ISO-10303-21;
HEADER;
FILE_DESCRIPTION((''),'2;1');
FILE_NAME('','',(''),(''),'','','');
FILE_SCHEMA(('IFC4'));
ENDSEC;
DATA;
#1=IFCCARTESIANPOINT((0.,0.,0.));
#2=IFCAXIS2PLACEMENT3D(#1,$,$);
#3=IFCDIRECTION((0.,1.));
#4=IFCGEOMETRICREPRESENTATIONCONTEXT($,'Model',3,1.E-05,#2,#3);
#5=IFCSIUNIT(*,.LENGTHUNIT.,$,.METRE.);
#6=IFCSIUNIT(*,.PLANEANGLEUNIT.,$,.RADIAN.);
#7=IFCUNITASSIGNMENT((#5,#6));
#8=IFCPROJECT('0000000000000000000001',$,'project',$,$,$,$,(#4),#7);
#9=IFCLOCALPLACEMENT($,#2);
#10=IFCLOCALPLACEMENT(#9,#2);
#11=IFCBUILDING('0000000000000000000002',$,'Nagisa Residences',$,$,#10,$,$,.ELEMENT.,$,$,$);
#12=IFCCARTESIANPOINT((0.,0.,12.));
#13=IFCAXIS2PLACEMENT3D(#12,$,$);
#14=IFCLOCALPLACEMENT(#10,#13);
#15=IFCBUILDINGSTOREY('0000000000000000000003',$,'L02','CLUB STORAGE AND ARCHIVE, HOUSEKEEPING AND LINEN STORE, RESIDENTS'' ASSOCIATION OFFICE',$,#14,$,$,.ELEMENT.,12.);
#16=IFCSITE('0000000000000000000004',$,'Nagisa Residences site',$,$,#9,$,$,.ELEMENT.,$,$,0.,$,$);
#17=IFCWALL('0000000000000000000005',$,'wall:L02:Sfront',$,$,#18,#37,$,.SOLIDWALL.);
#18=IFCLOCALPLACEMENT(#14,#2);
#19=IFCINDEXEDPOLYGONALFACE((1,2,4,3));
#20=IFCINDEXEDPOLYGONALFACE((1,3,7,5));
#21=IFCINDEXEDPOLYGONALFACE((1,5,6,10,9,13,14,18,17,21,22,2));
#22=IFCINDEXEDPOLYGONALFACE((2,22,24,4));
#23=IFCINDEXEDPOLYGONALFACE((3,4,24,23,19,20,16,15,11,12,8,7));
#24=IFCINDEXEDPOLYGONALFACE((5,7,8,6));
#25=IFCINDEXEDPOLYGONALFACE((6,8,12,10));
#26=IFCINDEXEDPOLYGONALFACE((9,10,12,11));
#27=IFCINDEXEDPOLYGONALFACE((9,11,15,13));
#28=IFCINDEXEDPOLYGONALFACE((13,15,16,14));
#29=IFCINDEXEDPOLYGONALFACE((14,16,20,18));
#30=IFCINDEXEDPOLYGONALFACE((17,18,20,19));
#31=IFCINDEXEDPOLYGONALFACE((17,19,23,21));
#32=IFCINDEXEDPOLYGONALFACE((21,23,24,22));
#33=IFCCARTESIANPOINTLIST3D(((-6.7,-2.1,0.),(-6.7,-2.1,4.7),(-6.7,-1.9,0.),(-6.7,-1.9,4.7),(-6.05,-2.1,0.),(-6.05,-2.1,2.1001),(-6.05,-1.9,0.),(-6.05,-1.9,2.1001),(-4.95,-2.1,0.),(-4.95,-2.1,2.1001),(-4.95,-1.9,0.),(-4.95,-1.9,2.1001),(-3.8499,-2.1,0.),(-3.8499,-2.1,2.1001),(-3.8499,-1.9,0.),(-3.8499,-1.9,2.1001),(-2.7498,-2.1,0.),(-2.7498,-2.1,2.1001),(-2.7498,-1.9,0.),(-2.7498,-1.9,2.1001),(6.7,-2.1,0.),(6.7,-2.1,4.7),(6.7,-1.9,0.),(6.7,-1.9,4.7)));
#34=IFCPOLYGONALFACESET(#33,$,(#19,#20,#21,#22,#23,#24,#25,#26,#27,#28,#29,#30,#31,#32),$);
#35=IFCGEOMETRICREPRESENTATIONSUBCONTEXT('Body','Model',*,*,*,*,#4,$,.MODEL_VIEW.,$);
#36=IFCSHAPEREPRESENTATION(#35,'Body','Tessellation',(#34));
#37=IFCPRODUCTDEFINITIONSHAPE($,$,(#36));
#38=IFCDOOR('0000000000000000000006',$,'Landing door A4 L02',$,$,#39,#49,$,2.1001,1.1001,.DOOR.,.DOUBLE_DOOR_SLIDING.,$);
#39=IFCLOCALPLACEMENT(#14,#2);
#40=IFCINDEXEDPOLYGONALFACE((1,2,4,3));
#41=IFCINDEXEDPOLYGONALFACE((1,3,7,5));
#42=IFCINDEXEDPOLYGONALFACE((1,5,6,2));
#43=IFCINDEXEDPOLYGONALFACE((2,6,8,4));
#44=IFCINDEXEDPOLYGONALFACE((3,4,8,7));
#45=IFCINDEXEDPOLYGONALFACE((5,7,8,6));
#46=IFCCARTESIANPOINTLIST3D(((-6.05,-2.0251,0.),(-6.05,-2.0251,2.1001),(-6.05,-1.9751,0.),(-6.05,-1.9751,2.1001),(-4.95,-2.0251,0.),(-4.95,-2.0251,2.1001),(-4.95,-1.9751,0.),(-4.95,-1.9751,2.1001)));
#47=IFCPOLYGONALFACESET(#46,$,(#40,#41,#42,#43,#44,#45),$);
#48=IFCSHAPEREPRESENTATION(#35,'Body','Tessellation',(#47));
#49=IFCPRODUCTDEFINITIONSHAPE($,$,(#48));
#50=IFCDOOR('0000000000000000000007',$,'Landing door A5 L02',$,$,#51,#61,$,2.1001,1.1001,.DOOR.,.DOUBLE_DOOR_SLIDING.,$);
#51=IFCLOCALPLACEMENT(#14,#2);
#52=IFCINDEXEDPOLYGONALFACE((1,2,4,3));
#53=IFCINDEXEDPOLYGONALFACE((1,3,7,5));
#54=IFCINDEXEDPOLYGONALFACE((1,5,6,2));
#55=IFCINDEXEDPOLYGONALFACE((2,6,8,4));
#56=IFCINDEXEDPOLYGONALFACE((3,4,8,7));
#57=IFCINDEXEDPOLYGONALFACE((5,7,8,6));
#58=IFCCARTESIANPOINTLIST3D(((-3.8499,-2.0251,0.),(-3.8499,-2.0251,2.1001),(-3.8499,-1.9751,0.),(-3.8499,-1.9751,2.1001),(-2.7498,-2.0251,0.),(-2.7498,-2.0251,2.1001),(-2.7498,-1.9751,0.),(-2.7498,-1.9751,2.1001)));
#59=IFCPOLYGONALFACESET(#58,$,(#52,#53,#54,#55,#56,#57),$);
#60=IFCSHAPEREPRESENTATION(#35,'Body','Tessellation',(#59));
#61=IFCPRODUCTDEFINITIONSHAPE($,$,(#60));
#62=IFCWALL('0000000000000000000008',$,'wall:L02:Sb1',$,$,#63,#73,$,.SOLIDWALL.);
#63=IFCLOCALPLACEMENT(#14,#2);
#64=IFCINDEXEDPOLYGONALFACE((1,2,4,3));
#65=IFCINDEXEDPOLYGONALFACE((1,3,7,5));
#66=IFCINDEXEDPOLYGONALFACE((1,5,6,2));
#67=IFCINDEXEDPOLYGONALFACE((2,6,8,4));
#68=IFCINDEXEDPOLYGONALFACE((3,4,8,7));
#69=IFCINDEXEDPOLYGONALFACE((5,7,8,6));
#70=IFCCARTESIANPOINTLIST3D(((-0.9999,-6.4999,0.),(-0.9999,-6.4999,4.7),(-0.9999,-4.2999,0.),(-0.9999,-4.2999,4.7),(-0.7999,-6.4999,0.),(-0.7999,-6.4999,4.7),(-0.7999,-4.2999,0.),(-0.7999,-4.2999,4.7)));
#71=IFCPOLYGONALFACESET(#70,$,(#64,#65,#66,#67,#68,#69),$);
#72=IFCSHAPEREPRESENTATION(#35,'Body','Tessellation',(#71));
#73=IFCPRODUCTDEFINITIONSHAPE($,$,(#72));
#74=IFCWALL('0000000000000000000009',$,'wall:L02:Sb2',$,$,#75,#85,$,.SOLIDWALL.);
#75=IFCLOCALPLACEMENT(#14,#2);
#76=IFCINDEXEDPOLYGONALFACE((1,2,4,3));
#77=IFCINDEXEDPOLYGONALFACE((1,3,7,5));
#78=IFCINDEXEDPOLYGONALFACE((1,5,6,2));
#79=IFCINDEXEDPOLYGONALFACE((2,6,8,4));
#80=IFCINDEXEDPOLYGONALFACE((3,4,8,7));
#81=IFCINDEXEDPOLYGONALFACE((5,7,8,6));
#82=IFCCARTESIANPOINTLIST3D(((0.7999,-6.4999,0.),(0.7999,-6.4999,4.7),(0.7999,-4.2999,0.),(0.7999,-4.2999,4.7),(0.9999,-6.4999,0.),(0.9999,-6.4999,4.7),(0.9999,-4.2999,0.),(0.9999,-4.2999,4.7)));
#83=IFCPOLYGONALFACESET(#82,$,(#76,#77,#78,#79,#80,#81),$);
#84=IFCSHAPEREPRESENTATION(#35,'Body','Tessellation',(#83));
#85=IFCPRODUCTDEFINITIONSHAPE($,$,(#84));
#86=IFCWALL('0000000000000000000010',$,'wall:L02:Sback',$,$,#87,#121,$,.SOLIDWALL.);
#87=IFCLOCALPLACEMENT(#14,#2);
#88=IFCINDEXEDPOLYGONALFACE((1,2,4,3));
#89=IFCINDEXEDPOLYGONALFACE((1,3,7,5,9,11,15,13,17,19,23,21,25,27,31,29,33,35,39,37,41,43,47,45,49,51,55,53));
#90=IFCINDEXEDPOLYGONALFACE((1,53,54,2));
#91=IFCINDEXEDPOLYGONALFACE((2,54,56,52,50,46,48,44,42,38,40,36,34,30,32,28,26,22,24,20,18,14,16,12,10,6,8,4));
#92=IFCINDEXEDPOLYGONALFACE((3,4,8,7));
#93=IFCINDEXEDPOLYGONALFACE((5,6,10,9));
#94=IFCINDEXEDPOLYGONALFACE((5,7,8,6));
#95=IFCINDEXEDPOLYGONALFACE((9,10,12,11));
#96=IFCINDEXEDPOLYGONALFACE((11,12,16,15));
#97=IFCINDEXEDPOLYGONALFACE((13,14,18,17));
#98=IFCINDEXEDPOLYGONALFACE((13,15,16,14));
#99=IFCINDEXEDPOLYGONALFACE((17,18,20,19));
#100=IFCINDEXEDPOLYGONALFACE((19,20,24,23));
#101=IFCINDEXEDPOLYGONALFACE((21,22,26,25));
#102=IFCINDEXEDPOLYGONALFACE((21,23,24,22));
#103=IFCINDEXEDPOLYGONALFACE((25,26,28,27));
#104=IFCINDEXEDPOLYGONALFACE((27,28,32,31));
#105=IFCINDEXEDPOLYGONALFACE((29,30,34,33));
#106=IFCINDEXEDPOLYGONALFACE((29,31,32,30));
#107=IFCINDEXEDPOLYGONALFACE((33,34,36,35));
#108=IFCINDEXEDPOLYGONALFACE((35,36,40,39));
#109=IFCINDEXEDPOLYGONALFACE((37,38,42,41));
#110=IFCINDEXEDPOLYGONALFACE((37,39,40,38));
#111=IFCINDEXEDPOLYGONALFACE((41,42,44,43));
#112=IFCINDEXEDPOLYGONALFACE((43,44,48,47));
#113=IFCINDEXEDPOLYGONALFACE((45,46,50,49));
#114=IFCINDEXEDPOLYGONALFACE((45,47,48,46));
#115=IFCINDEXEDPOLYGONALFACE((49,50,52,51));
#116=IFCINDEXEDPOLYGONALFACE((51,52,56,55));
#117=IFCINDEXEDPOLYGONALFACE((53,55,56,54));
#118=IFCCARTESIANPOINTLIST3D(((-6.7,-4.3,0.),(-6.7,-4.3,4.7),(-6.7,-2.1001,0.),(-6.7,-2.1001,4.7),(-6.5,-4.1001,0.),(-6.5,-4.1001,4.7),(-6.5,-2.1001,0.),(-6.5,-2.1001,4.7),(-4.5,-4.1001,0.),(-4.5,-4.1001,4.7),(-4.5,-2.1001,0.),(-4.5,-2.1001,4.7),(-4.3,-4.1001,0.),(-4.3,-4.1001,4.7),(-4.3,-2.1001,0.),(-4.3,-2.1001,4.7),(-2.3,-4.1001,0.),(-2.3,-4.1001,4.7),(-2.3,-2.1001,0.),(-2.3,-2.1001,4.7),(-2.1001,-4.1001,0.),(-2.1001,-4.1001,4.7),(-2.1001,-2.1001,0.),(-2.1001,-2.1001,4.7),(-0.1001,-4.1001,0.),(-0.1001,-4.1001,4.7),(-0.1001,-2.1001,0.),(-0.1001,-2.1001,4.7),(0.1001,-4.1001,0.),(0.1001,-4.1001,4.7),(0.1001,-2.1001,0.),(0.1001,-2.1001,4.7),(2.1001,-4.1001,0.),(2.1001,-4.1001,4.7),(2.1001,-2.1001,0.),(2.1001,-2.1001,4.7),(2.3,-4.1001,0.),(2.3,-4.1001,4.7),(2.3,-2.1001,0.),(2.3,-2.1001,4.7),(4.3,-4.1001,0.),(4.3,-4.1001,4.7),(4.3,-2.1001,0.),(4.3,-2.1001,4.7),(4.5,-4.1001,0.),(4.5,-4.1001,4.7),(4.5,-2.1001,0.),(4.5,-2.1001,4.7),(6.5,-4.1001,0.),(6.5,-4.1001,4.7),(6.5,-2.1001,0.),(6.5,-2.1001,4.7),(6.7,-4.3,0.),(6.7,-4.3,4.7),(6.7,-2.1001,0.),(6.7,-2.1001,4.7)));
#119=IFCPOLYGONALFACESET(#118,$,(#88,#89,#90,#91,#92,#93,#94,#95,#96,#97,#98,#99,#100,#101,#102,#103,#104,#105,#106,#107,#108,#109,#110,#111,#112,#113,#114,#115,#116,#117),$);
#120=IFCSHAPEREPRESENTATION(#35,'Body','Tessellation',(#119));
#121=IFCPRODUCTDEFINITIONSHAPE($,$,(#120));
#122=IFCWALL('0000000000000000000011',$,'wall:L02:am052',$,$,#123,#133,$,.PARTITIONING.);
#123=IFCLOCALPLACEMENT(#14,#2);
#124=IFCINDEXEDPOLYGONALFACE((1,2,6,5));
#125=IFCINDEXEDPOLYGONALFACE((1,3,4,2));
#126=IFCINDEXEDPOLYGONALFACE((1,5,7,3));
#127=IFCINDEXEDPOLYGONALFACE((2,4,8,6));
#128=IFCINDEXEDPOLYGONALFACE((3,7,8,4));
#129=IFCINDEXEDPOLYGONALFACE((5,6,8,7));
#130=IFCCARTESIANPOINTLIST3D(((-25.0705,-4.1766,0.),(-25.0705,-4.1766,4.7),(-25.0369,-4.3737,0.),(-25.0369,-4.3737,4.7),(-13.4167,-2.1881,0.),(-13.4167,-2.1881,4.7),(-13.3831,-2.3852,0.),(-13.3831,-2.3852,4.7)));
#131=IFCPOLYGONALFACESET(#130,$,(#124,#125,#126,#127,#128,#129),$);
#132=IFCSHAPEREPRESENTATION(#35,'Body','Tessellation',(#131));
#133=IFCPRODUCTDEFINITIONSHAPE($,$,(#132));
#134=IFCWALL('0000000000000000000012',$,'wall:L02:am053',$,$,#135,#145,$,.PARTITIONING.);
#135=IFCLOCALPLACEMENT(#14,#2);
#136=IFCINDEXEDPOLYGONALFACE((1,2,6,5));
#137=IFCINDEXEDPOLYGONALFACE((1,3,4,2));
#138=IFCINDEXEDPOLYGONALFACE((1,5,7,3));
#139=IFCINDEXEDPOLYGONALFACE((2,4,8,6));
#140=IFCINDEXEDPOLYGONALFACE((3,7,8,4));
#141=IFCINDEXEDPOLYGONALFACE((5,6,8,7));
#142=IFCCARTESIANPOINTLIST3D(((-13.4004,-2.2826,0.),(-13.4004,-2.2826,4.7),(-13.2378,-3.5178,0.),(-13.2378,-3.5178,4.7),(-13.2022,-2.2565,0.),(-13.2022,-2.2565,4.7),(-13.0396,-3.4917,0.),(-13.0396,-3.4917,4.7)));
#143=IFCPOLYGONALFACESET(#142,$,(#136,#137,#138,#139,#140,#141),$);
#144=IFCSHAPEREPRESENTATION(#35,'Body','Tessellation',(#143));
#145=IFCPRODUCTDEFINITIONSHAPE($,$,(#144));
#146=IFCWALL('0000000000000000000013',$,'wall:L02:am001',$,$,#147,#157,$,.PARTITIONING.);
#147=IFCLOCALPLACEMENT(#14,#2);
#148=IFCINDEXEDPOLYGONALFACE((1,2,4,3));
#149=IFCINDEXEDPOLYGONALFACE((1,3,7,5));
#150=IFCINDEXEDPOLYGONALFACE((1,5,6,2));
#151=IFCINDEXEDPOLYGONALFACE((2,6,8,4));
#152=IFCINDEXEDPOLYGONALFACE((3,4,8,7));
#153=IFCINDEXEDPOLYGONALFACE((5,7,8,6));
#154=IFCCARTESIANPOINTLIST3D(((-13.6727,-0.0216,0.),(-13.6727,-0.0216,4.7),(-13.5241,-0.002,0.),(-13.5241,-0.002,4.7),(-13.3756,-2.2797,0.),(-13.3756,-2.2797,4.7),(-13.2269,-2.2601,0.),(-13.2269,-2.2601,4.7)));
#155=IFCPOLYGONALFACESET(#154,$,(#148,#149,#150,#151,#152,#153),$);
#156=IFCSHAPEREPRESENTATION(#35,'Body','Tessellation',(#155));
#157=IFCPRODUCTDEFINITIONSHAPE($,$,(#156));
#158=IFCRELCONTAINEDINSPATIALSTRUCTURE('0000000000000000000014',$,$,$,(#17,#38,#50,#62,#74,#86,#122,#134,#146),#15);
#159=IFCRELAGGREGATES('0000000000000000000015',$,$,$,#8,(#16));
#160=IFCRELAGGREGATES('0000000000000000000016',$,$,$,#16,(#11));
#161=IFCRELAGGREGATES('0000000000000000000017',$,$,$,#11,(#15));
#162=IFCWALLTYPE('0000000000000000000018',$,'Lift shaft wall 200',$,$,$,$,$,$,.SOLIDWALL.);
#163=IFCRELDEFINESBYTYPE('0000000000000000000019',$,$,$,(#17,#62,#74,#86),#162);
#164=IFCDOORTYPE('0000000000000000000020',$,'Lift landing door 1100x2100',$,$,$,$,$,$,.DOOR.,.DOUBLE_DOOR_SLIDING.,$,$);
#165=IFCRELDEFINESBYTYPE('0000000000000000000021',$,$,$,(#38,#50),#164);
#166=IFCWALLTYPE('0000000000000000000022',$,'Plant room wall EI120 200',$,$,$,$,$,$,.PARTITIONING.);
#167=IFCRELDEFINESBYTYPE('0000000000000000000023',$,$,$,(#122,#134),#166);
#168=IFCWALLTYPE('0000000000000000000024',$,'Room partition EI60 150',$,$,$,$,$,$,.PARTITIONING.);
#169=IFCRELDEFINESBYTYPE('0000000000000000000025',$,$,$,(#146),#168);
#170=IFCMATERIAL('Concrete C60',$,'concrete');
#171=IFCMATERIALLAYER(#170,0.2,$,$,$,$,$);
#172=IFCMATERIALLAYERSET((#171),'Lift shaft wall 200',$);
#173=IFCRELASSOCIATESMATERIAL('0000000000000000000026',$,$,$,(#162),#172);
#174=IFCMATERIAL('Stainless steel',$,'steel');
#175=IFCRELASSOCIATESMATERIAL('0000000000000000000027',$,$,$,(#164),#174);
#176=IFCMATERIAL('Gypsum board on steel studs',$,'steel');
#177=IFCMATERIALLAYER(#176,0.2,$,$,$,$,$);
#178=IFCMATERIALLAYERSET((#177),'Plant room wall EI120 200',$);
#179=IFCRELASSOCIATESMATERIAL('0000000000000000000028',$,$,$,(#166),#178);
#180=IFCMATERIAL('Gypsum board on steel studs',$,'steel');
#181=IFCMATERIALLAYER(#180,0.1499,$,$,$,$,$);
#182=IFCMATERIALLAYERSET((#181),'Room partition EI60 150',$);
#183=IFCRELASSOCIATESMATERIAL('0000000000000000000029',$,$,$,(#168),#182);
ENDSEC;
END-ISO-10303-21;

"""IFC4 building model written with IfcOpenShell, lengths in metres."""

from ifc_helpers import new_model, si_unit, direction, frame, frame_2d, origin, place, context, subcontext, project, spatial, polyline, rectangle, outline, extrude, material, layer, layer_set, type_object, element, fill, save


model = new_model("IFC4")

# Units and contexts
model_context = context("Model", 3, precision=1e-05, world=origin(), true_north=direction((0.0, 1.0)))
body_context = subcontext(model_context, "Body", "Model", "MODEL_VIEW")
ifc_project = project(units=[si_unit("LENGTHUNIT", "METRE"), si_unit("PLANEANGLEUNIT", "RADIAN")], contexts=[model_context])

# Site, building, storey
site_placement = place(None, origin())
site = spatial("IfcSite", under=ifc_project, at=site_placement, Name="Nagisa Residences site", CompositionType="ELEMENT", RefElevation=0.0)
building_placement = place(site_placement, origin())
building = spatial("IfcBuilding", under=site, at=building_placement, Name="Nagisa Residences", CompositionType="ELEMENT")
storey_placement = place(building_placement, frame((0.0, 0.0, 12.0)))
storey = spatial("IfcBuildingStorey", under=building, at=storey_placement, Name="L02", Description="CLUB STORAGE AND ARCHIVE, HOUSEKEEPING AND LINEN STORE, RESIDENTS' ASSOCIATION OFFICE", CompositionType="ELEMENT", Elevation=12.0)

# Shared definitions
ifc_material_1 = material(Name="Concrete C60", Category="concrete")
ifc_layer_1 = layer(ifc_material_1, 0.2)
ifc_layer_set_1 = layer_set([ifc_layer_1], Name="Lift shaft wall 200")
wall_type_1 = type_object("IfcWallType", Name="Lift shaft wall 200", PredefinedType="SOLIDWALL", material=ifc_layer_set_1)

# Wall, openings, doors
wall_1_placement = place(storey_placement, frame((-6.7, -2.0, 0.0), z_axis=(0.0, 0.0, 1.0), x_axis=(1.0, 0.0, 0.0)))
wall_1 = element("IfcWall", 1, at=wall_1_placement, inside=storey, type_object=wall_type_1, Name="wall:L02:Sfront", PredefinedType="SOLIDWALL", context=body_context, shape_type="SweptSolid", body=[
    extrude(rectangle(XDim=13.3999, YDim=0.2, at=frame_2d((6.7, 0.0))), origin(), (0.0, 0.0, 1.0), 4.7),
])
opening_1_placement = place(wall_1_placement, frame((0.6499, 0.0, 0.0)))
opening_1 = element("IfcOpeningElement", 2, at=opening_1_placement, cuts=wall_1, PredefinedType="OPENING", context=body_context, shape_type="SweptSolid", body=[
    extrude(rectangle(XDim=1.1001, YDim=2.1001, at=frame_2d((0.55, 1.05))), frame((0.0, 0.1099, 0.0), z_axis=(0.0, -1.0, 0.0), x_axis=(1.0, 0.0, 0.0)), (0.0, 0.0, 1.0), 0.22),
])
opening_2_placement = place(wall_1_placement, frame((2.8501, 0.0, 0.0)))
opening_2 = element("IfcOpeningElement", 3, at=opening_2_placement, cuts=wall_1, PredefinedType="OPENING", context=body_context, shape_type="SweptSolid", body=[
    extrude(rectangle(XDim=1.1001, YDim=2.1001, at=frame_2d((0.55, 1.05))), frame((0.0, 0.1099, 0.0), z_axis=(0.0, -1.0, 0.0), x_axis=(1.0, 0.0, 0.0)), (0.0, 0.0, 1.0), 0.22),
])
ifc_material_2 = material(Name="Stainless steel", Category="steel")
door_type_1 = type_object("IfcDoorType", Name="Lift landing door 1100x2100", OperationType="DOUBLE_DOOR_SLIDING", PredefinedType="DOOR", material=ifc_material_2)
door_1_placement = place(opening_1_placement, origin())
door_1 = element("IfcDoor", 4, at=door_1_placement, inside=storey, type_object=door_type_1, Name="Landing door A4 L02", OperationType="DOUBLE_DOOR_SLIDING", OverallHeight=2.1001, OverallWidth=1.1001, PredefinedType="DOOR", context=body_context, shape_type="SweptSolid", body=[
    extrude(rectangle(XDim=1.1001, YDim=2.1001, at=frame_2d((0.55, 1.05))), frame((0.0, 0.0249, 0.0), z_axis=(0.0, -1.0, 0.0), x_axis=(1.0, 0.0, 0.0)), (0.0, 0.0, 1.0), 0.05),
])
fill(opening_1, door_1)
door_2_placement = place(opening_2_placement, origin())
door_2 = element("IfcDoor", 5, at=door_2_placement, inside=storey, type_object=door_type_1, Name="Landing door A5 L02", OperationType="DOUBLE_DOOR_SLIDING", OverallHeight=2.1001, OverallWidth=1.1001, PredefinedType="DOOR", context=body_context, shape_type="SweptSolid", body=[
    extrude(rectangle(XDim=1.1001, YDim=2.1001, at=frame_2d((0.55, 1.05))), frame((0.0, 0.0249, 0.0), z_axis=(0.0, -1.0, 0.0), x_axis=(1.0, 0.0, 0.0)), (0.0, 0.0, 1.0), 0.05),
])
fill(opening_2, door_2)

# Walls
for number, where, z_axis, x_axis, name in (
    (6, (-0.8999, -6.5, 0.0), (0.0, 0.0, 1.0), (0.0, 1.0, 0.0), "wall:L02:Sb1"),
    (7, (0.8999, -6.5, 0.0), (0.0, 0.0, 1.0), (0.0, 1.0, 0.0), "wall:L02:Sb2"),
):
    element("IfcWall", number, at=place(storey_placement, frame(where, z_axis=z_axis, x_axis=x_axis)), inside=storey, type_object=wall_type_1, Name=name, PredefinedType="SOLIDWALL", context=body_context, shape_type="SweptSolid", body=[
        extrude(rectangle(XDim=2.2, YDim=0.2, at=frame_2d((1.1001, 0.0))), origin(), (0.0, 0.0, 1.0), 4.7),
    ])
wall_2_placement = place(storey_placement, origin())
element("IfcWall", 8, at=wall_2_placement, inside=storey, type_object=wall_type_1, Name="wall:L02:Sback", PredefinedType="SOLIDWALL", context=body_context, shape_type="SweptSolid", body=[
    extrude(outline(polyline([(-6.7, -2.1001), (-6.5, -2.1001), (-6.5, -4.1001), (-4.5, -4.1001), (-4.5, -2.1001), (-4.3, -2.1001), (-4.3, -4.1001), (-2.3, -4.1001), (-2.3, -2.1001), (-2.1001, -2.1001), (-2.1001, -4.1001), (-0.1001, -4.1001), (-0.1001, -2.1001), (0.1001, -2.1001), (0.1001, -4.1001), (2.1001, -4.1001), (2.1001, -2.1001), (2.3, -2.1001), (2.3, -4.1001), (4.3, -4.1001), (4.3, -2.1001), (4.5, -2.1001), (4.5, -4.1001), (6.5, -4.1001), (6.5, -2.1001), (6.7, -2.1001), (6.7, -4.3), (-6.7, -4.3), (-6.7, -2.1001)])), origin(), (0.0, 0.0, 1.0), 4.7),
])
ifc_material_3 = material(Name="Gypsum board on steel studs", Category="steel")
ifc_layer_2 = layer(ifc_material_3, 0.2)
ifc_layer_set_2 = layer_set([ifc_layer_2], Name="Plant room wall EI120 200")
wall_type_2 = type_object("IfcWallType", Name="Plant room wall EI120 200", PredefinedType="PARTITIONING", material=ifc_layer_set_2)
wall_3_placement = place(storey_placement, frame((-13.3999, -2.2866, 0.0), z_axis=(0.0, 0.0, 1.0), x_axis=(-0.985753, -0.168202, 0.0)))
element("IfcWall", 9, at=wall_3_placement, inside=storey, type_object=wall_type_2, Name="wall:L02:am052", PredefinedType="PARTITIONING", context=body_context, shape_type="SweptSolid", body=[
    extrude(rectangle(XDim=11.8223, YDim=0.2, at=frame_2d((5.9111, 0.0))), origin(), (0.0, 0.0, 1.0), 4.7),
])
wall_4_placement = place(storey_placement, frame((-13.1387, -3.5049, 0.0), z_axis=(0.0, 0.0, 1.0), x_axis=(-0.13052, 0.991446, 0.0)))
element("IfcWall", 10, at=wall_4_placement, inside=storey, type_object=wall_type_2, Name="wall:L02:am053", PredefinedType="PARTITIONING", context=body_context, shape_type="SweptSolid", body=[
    extrude(rectangle(XDim=1.2458, YDim=0.2, at=frame_2d((0.623, 0.0))), origin(), (0.0, 0.0, 1.0), 4.7),
])
ifc_material_4 = material(Name="Gypsum board on steel studs", Category="steel")
ifc_layer_3 = layer(ifc_material_4, 0.1499)
ifc_layer_set_3 = layer_set([ifc_layer_3], Name="Room partition EI60 150")
wall_type_3 = type_object("IfcWallType", Name="Room partition EI60 150", PredefinedType="PARTITIONING", material=ifc_layer_set_3)
wall_5_placement = place(storey_placement, frame((-13.3013, -2.2698, 0.0), z_axis=(0.0, 0.0, 1.0), x_axis=(-0.130457, 0.991454, 0.0)))
element("IfcWall", 11, at=wall_5_placement, inside=storey, type_object=wall_type_3, Name="wall:L02:am001", PredefinedType="PARTITIONING", context=body_context, shape_type="SweptSolid", body=[
    extrude(rectangle(XDim=2.2776, YDim=0.1499, at=frame_2d((1.1387, 0.0))), origin(), (0.0, 0.0, 1.0), 4.7),
])

save(model, "model.ifc")
